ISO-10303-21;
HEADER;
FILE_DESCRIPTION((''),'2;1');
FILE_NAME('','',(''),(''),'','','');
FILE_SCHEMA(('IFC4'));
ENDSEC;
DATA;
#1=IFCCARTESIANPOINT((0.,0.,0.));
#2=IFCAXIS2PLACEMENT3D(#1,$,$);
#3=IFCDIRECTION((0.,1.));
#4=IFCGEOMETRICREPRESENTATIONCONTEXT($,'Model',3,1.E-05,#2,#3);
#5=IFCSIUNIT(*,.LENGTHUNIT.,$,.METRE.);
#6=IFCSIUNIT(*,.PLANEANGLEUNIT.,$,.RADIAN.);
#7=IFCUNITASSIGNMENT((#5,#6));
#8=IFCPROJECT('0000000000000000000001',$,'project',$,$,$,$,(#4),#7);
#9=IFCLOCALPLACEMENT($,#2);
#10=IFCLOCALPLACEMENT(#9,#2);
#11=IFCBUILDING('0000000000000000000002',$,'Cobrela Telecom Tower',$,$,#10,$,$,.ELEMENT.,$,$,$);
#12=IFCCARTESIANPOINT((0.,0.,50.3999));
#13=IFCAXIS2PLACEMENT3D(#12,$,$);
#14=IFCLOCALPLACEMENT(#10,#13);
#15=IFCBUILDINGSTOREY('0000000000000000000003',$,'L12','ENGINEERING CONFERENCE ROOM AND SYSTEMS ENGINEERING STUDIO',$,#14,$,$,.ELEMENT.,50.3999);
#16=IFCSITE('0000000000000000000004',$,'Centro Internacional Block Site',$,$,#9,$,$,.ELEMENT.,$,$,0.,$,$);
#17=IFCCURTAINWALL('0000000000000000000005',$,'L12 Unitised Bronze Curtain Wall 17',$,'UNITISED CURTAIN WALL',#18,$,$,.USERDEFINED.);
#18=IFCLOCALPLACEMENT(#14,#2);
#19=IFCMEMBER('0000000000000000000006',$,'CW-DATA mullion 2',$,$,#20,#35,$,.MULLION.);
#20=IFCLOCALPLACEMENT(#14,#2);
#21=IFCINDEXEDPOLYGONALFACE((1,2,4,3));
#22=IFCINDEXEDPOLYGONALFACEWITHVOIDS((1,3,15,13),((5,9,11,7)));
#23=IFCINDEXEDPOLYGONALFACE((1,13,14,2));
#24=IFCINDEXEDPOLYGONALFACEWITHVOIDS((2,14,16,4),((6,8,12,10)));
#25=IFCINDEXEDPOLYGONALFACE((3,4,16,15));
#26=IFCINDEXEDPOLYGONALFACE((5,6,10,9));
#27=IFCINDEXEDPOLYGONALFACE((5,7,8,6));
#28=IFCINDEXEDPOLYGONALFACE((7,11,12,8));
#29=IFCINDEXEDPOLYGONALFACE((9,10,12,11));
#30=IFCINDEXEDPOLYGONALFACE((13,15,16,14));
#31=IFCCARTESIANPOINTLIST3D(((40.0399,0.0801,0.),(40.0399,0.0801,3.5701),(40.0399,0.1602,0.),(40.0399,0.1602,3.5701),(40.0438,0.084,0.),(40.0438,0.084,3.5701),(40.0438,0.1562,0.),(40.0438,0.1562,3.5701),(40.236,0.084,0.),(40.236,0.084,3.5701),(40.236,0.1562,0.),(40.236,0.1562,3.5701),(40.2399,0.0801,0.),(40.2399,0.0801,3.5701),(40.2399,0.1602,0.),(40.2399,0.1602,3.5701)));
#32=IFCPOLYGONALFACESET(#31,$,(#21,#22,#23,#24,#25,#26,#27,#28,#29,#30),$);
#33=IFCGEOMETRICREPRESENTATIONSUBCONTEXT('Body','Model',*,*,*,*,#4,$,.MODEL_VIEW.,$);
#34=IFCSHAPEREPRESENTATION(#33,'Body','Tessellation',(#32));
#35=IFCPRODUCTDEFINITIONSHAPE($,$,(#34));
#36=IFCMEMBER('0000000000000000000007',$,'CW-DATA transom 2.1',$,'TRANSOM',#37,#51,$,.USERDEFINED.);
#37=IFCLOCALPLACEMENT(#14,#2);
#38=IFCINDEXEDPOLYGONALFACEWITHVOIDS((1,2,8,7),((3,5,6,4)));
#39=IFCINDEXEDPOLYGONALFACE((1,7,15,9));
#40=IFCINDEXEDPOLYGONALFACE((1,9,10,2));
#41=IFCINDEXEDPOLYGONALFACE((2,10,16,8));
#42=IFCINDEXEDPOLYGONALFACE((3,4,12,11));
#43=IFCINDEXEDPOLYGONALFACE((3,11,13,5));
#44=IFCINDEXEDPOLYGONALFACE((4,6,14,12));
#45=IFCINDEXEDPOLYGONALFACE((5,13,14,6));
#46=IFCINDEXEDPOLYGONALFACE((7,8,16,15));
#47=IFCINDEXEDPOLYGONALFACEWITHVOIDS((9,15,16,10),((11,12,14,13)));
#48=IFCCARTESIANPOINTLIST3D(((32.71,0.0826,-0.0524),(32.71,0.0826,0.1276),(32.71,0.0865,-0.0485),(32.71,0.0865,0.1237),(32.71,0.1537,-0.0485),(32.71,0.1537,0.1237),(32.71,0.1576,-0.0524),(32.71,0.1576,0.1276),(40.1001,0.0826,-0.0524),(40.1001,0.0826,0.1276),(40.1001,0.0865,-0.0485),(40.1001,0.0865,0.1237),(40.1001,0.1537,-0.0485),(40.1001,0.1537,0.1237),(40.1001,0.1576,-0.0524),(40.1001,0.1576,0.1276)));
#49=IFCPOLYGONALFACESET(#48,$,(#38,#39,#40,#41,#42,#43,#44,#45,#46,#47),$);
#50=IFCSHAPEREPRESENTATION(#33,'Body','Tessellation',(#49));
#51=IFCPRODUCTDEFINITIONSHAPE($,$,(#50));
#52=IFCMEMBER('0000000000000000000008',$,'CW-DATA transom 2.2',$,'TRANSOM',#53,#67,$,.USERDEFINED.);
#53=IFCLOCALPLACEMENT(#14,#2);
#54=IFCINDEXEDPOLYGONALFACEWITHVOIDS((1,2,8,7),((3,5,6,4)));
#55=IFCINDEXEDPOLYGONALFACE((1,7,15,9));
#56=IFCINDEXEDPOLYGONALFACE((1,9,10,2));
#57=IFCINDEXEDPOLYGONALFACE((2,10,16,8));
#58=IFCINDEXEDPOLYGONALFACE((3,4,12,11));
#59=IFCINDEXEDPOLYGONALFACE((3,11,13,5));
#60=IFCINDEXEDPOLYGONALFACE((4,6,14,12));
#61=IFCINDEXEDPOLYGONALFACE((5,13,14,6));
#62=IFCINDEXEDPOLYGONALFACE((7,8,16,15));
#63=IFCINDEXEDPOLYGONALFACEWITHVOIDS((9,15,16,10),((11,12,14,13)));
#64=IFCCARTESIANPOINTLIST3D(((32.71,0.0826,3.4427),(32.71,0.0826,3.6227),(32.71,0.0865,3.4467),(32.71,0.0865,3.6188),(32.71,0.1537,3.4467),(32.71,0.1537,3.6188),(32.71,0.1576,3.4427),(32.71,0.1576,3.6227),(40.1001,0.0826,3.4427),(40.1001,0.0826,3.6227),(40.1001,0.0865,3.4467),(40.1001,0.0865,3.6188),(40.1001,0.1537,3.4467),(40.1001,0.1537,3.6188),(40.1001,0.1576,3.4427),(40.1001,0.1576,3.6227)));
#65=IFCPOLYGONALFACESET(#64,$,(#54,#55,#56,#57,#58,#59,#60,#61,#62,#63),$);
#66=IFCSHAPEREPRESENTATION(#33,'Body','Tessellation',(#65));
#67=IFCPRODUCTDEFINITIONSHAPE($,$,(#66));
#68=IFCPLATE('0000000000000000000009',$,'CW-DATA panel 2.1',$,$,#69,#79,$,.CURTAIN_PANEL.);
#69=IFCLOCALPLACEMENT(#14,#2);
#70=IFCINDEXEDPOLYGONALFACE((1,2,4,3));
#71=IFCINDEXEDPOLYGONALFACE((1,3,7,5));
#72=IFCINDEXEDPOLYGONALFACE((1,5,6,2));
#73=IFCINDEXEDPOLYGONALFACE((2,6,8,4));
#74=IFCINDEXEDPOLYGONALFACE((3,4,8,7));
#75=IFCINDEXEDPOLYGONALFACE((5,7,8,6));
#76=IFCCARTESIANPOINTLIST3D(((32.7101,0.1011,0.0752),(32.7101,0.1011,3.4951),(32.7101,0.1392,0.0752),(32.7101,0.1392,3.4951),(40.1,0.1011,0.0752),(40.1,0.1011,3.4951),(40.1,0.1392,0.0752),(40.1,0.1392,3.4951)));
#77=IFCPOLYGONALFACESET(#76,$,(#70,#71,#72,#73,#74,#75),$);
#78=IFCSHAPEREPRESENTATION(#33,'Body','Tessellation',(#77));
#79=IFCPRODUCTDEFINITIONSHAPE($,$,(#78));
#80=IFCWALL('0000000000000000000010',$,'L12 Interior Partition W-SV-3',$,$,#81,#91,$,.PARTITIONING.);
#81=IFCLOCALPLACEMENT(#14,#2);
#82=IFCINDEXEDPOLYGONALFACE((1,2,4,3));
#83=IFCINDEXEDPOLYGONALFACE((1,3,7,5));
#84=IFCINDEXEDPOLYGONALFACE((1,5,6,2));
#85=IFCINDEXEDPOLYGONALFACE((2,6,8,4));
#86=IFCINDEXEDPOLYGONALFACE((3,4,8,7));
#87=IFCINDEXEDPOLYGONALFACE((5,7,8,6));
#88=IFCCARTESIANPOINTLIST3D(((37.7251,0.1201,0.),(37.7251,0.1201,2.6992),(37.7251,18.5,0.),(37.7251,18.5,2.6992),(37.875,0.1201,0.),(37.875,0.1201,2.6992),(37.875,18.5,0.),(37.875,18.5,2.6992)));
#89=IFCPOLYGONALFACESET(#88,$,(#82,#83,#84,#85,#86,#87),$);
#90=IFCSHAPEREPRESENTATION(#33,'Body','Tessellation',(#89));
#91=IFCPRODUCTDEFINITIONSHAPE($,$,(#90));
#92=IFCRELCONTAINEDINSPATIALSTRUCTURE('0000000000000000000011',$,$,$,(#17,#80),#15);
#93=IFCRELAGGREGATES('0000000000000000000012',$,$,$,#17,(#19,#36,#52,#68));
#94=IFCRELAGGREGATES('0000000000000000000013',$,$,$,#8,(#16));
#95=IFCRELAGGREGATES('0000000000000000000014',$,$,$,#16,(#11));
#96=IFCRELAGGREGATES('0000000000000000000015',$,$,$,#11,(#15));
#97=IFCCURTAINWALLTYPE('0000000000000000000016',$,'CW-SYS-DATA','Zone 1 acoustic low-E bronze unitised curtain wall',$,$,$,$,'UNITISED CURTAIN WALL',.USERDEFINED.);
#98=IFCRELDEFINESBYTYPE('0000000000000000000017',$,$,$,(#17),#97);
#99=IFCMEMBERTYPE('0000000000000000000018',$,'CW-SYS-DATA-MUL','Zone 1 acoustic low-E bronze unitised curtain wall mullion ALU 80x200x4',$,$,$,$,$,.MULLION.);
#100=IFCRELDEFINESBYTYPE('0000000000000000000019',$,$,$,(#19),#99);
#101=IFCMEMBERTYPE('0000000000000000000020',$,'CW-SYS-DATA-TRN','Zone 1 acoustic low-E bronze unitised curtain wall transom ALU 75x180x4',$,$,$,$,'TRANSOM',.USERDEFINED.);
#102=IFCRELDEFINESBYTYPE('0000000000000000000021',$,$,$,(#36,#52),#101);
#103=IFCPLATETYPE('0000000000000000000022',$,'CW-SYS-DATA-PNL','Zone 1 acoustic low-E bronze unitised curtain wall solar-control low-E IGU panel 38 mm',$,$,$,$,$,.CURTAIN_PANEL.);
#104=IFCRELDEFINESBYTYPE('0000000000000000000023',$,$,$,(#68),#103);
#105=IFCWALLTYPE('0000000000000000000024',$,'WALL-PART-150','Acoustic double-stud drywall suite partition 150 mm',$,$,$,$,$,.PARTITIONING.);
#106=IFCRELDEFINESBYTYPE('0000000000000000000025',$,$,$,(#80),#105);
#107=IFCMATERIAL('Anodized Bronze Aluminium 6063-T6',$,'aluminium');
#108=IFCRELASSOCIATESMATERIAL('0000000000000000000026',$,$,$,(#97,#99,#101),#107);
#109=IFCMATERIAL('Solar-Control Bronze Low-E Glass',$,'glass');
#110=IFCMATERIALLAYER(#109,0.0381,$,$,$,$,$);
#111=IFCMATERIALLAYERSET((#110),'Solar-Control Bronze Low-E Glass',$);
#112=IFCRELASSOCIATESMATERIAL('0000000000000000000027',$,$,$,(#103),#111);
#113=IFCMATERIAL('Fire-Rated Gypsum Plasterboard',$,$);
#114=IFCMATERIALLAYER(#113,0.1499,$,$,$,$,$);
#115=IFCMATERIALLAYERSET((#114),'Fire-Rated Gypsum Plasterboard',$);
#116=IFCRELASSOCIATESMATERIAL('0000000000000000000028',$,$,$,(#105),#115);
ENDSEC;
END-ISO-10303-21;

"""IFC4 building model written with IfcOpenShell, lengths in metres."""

from ifc_helpers import new_model, si_unit, direction, frame, frame_2d, origin, origin_2d, place, context, subcontext, project, spatial, rectangle, hollow_rectangle, extrude, material, layer, layer_set, material_profile, profile_set, type_object, element, aggregate, save


model = new_model("IFC4")

# Units and contexts
model_context = context("Model", 3, precision=1e-05, world=origin(), true_north=direction((0.0, 1.0)))
body_context = subcontext(model_context, "Body", "Model", "MODEL_VIEW")
ifc_project = project(units=[si_unit("LENGTHUNIT", "METRE"), si_unit("PLANEANGLEUNIT", "RADIAN")], contexts=[model_context])

# Site, building, storey
site_placement = place(None, origin())
site = spatial("IfcSite", under=ifc_project, at=site_placement, Name="Centro Internacional Block Site", CompositionType="ELEMENT", RefElevation=0.0)
building_placement = place(site_placement, origin())
building = spatial("IfcBuilding", under=site, at=building_placement, Name="Cobrela Telecom Tower", CompositionType="ELEMENT")
storey_placement = place(building_placement, frame((0.0, 0.0, 50.3999)))
storey = spatial("IfcBuildingStorey", under=building, at=storey_placement, Name="L12", Description="ENGINEERING CONFERENCE ROOM AND SYSTEMS ENGINEERING STUDIO", CompositionType="ELEMENT", Elevation=50.3999)

# Curtain wall, members, plate
ifc_material_1 = material(Name="Anodized Bronze Aluminium 6063-T6", Category="aluminium")
curtain_wall_type = type_object("IfcCurtainWallType", Name="CW-SYS-DATA", Description="Zone 1 acoustic low-E bronze unitised curtain wall", ElementType="UNITISED CURTAIN WALL", PredefinedType="USERDEFINED", material=ifc_material_1)
curtain_wall_placement = place(storey_placement, origin())
curtain_wall = element("IfcCurtainWall", 1, at=curtain_wall_placement, inside=storey, type_object=curtain_wall_type, Name="L12 Unitised Bronze Curtain Wall 17", ObjectType="UNITISED CURTAIN WALL", PredefinedType="USERDEFINED")
ifc_material_profile_1 = material_profile(ifc_material_1, hollow_rectangle(XDim=0.0801, YDim=0.2, WallThickness=0.0039, at=origin_2d()), Name="ALU 80x200x4")
ifc_profile_set_1 = profile_set([ifc_material_profile_1], Name="Anodized Bronze Aluminium 6063-T6")
member_type_1 = type_object("IfcMemberType", Name="CW-SYS-DATA-MUL", Description="Zone 1 acoustic low-E bronze unitised curtain wall mullion ALU 80x200x4", PredefinedType="MULLION", material=ifc_profile_set_1)
member_1_placement = place(storey_placement, frame((40.1399, 0.1201, 0.0), z_axis=(0.0, 0.0, 1.0), x_axis=(0.0, -1.0, 0.0)))
member_1 = element("IfcMember", 2, at=member_1_placement, type_object=member_type_1, Name="CW-DATA mullion 2", PredefinedType="MULLION", context=body_context, shape_type="SweptSolid", body=[
    extrude(hollow_rectangle(XDim=0.0801, YDim=0.2, WallThickness=0.0039, at=origin_2d()), origin(), (0.0, 0.0, 1.0), 3.5701),
])
ifc_material_profile_2 = material_profile(ifc_material_1, hollow_rectangle(XDim=0.075, YDim=0.1799, WallThickness=0.0039, at=origin_2d()), Name="ALU 75x180x4")
ifc_profile_set_2 = profile_set([ifc_material_profile_2], Name="Anodized Bronze Aluminium 6063-T6")
member_type_2 = type_object("IfcMemberType", Name="CW-SYS-DATA-TRN", Description="Zone 1 acoustic low-E bronze unitised curtain wall transom ALU 75x180x4", ElementType="TRANSOM", PredefinedType="USERDEFINED", material=ifc_profile_set_2)
member_2_placement = place(storey_placement, frame((40.1001, 0.1201, 0.0376), z_axis=(-1.0, 0.0, 0.0), x_axis=(0.0, -1.0, 0.0)))
member_2 = element("IfcMember", 3, at=member_2_placement, type_object=member_type_2, Name="CW-DATA transom 2.1", ObjectType="TRANSOM", PredefinedType="USERDEFINED", context=body_context, shape_type="SweptSolid", body=[
    extrude(hollow_rectangle(XDim=0.075, YDim=0.1799, WallThickness=0.0039, at=origin_2d()), origin(), (0.0, 0.0, 1.0), 7.3901),
])
member_3_placement = place(storey_placement, frame((40.1001, 0.1201, 3.5327), z_axis=(-1.0, 0.0, 0.0), x_axis=(0.0, -1.0, 0.0)))
member_3 = element("IfcMember", 4, at=member_3_placement, type_object=member_type_2, Name="CW-DATA transom 2.2", ObjectType="TRANSOM", PredefinedType="USERDEFINED", context=body_context, shape_type="SweptSolid", body=[
    extrude(hollow_rectangle(XDim=0.075, YDim=0.1799, WallThickness=0.0039, at=origin_2d()), origin(), (0.0, 0.0, 1.0), 7.3901),
])
ifc_material_2 = material(Name="Solar-Control Bronze Low-E Glass", Category="glass")
ifc_layer_1 = layer(ifc_material_2, 0.0381)
ifc_layer_set_1 = layer_set([ifc_layer_1], Name="Solar-Control Bronze Low-E Glass")
plate_type = type_object("IfcPlateType", Name="CW-SYS-DATA-PNL", Description="Zone 1 acoustic low-E bronze unitised curtain wall solar-control low-E IGU panel 38 mm", PredefinedType="CURTAIN_PANEL", material=ifc_layer_set_1)
plate_placement = place(storey_placement, frame((36.405, 0.1201, 0.0752), z_axis=(0.0, 0.0, 1.0), x_axis=(-1.0, 0.0, 0.0)))
plate = element("IfcPlate", 5, at=plate_placement, type_object=plate_type, Name="CW-DATA panel 2.1", PredefinedType="CURTAIN_PANEL", context=body_context, shape_type="SweptSolid", body=[
    extrude(rectangle(XDim=7.3899, YDim=0.0381, at=origin_2d()), origin(), (0.0, 0.0, 1.0), 3.4199),
])
aggregate(curtain_wall, [member_1, member_2, member_3, plate])

# Wall
ifc_material_3 = material(Name="Fire-Rated Gypsum Plasterboard")
ifc_layer_2 = layer(ifc_material_3, 0.1499)
ifc_layer_set_2 = layer_set([ifc_layer_2], Name="Fire-Rated Gypsum Plasterboard")
wall_type = type_object("IfcWallType", Name="WALL-PART-150", Description="Acoustic double-stud drywall suite partition 150 mm", PredefinedType="PARTITIONING", material=ifc_layer_set_2)
wall_placement = place(storey_placement, frame((37.8, 0.1201, 0.0), z_axis=(0.0, 0.0, 1.0), x_axis=(0.0, 1.0, 0.0)))
element("IfcWall", 6, at=wall_placement, inside=storey, type_object=wall_type, Name="L12 Interior Partition W-SV-3", PredefinedType="PARTITIONING", context=body_context, shape_type="SweptSolid", body=[
    extrude(rectangle(XDim=18.3799, YDim=0.1499, at=frame_2d((9.1899, 0.0))), origin(), (0.0, 0.0, 1.0), 2.6992),
])

save(model, "model.ifc")
